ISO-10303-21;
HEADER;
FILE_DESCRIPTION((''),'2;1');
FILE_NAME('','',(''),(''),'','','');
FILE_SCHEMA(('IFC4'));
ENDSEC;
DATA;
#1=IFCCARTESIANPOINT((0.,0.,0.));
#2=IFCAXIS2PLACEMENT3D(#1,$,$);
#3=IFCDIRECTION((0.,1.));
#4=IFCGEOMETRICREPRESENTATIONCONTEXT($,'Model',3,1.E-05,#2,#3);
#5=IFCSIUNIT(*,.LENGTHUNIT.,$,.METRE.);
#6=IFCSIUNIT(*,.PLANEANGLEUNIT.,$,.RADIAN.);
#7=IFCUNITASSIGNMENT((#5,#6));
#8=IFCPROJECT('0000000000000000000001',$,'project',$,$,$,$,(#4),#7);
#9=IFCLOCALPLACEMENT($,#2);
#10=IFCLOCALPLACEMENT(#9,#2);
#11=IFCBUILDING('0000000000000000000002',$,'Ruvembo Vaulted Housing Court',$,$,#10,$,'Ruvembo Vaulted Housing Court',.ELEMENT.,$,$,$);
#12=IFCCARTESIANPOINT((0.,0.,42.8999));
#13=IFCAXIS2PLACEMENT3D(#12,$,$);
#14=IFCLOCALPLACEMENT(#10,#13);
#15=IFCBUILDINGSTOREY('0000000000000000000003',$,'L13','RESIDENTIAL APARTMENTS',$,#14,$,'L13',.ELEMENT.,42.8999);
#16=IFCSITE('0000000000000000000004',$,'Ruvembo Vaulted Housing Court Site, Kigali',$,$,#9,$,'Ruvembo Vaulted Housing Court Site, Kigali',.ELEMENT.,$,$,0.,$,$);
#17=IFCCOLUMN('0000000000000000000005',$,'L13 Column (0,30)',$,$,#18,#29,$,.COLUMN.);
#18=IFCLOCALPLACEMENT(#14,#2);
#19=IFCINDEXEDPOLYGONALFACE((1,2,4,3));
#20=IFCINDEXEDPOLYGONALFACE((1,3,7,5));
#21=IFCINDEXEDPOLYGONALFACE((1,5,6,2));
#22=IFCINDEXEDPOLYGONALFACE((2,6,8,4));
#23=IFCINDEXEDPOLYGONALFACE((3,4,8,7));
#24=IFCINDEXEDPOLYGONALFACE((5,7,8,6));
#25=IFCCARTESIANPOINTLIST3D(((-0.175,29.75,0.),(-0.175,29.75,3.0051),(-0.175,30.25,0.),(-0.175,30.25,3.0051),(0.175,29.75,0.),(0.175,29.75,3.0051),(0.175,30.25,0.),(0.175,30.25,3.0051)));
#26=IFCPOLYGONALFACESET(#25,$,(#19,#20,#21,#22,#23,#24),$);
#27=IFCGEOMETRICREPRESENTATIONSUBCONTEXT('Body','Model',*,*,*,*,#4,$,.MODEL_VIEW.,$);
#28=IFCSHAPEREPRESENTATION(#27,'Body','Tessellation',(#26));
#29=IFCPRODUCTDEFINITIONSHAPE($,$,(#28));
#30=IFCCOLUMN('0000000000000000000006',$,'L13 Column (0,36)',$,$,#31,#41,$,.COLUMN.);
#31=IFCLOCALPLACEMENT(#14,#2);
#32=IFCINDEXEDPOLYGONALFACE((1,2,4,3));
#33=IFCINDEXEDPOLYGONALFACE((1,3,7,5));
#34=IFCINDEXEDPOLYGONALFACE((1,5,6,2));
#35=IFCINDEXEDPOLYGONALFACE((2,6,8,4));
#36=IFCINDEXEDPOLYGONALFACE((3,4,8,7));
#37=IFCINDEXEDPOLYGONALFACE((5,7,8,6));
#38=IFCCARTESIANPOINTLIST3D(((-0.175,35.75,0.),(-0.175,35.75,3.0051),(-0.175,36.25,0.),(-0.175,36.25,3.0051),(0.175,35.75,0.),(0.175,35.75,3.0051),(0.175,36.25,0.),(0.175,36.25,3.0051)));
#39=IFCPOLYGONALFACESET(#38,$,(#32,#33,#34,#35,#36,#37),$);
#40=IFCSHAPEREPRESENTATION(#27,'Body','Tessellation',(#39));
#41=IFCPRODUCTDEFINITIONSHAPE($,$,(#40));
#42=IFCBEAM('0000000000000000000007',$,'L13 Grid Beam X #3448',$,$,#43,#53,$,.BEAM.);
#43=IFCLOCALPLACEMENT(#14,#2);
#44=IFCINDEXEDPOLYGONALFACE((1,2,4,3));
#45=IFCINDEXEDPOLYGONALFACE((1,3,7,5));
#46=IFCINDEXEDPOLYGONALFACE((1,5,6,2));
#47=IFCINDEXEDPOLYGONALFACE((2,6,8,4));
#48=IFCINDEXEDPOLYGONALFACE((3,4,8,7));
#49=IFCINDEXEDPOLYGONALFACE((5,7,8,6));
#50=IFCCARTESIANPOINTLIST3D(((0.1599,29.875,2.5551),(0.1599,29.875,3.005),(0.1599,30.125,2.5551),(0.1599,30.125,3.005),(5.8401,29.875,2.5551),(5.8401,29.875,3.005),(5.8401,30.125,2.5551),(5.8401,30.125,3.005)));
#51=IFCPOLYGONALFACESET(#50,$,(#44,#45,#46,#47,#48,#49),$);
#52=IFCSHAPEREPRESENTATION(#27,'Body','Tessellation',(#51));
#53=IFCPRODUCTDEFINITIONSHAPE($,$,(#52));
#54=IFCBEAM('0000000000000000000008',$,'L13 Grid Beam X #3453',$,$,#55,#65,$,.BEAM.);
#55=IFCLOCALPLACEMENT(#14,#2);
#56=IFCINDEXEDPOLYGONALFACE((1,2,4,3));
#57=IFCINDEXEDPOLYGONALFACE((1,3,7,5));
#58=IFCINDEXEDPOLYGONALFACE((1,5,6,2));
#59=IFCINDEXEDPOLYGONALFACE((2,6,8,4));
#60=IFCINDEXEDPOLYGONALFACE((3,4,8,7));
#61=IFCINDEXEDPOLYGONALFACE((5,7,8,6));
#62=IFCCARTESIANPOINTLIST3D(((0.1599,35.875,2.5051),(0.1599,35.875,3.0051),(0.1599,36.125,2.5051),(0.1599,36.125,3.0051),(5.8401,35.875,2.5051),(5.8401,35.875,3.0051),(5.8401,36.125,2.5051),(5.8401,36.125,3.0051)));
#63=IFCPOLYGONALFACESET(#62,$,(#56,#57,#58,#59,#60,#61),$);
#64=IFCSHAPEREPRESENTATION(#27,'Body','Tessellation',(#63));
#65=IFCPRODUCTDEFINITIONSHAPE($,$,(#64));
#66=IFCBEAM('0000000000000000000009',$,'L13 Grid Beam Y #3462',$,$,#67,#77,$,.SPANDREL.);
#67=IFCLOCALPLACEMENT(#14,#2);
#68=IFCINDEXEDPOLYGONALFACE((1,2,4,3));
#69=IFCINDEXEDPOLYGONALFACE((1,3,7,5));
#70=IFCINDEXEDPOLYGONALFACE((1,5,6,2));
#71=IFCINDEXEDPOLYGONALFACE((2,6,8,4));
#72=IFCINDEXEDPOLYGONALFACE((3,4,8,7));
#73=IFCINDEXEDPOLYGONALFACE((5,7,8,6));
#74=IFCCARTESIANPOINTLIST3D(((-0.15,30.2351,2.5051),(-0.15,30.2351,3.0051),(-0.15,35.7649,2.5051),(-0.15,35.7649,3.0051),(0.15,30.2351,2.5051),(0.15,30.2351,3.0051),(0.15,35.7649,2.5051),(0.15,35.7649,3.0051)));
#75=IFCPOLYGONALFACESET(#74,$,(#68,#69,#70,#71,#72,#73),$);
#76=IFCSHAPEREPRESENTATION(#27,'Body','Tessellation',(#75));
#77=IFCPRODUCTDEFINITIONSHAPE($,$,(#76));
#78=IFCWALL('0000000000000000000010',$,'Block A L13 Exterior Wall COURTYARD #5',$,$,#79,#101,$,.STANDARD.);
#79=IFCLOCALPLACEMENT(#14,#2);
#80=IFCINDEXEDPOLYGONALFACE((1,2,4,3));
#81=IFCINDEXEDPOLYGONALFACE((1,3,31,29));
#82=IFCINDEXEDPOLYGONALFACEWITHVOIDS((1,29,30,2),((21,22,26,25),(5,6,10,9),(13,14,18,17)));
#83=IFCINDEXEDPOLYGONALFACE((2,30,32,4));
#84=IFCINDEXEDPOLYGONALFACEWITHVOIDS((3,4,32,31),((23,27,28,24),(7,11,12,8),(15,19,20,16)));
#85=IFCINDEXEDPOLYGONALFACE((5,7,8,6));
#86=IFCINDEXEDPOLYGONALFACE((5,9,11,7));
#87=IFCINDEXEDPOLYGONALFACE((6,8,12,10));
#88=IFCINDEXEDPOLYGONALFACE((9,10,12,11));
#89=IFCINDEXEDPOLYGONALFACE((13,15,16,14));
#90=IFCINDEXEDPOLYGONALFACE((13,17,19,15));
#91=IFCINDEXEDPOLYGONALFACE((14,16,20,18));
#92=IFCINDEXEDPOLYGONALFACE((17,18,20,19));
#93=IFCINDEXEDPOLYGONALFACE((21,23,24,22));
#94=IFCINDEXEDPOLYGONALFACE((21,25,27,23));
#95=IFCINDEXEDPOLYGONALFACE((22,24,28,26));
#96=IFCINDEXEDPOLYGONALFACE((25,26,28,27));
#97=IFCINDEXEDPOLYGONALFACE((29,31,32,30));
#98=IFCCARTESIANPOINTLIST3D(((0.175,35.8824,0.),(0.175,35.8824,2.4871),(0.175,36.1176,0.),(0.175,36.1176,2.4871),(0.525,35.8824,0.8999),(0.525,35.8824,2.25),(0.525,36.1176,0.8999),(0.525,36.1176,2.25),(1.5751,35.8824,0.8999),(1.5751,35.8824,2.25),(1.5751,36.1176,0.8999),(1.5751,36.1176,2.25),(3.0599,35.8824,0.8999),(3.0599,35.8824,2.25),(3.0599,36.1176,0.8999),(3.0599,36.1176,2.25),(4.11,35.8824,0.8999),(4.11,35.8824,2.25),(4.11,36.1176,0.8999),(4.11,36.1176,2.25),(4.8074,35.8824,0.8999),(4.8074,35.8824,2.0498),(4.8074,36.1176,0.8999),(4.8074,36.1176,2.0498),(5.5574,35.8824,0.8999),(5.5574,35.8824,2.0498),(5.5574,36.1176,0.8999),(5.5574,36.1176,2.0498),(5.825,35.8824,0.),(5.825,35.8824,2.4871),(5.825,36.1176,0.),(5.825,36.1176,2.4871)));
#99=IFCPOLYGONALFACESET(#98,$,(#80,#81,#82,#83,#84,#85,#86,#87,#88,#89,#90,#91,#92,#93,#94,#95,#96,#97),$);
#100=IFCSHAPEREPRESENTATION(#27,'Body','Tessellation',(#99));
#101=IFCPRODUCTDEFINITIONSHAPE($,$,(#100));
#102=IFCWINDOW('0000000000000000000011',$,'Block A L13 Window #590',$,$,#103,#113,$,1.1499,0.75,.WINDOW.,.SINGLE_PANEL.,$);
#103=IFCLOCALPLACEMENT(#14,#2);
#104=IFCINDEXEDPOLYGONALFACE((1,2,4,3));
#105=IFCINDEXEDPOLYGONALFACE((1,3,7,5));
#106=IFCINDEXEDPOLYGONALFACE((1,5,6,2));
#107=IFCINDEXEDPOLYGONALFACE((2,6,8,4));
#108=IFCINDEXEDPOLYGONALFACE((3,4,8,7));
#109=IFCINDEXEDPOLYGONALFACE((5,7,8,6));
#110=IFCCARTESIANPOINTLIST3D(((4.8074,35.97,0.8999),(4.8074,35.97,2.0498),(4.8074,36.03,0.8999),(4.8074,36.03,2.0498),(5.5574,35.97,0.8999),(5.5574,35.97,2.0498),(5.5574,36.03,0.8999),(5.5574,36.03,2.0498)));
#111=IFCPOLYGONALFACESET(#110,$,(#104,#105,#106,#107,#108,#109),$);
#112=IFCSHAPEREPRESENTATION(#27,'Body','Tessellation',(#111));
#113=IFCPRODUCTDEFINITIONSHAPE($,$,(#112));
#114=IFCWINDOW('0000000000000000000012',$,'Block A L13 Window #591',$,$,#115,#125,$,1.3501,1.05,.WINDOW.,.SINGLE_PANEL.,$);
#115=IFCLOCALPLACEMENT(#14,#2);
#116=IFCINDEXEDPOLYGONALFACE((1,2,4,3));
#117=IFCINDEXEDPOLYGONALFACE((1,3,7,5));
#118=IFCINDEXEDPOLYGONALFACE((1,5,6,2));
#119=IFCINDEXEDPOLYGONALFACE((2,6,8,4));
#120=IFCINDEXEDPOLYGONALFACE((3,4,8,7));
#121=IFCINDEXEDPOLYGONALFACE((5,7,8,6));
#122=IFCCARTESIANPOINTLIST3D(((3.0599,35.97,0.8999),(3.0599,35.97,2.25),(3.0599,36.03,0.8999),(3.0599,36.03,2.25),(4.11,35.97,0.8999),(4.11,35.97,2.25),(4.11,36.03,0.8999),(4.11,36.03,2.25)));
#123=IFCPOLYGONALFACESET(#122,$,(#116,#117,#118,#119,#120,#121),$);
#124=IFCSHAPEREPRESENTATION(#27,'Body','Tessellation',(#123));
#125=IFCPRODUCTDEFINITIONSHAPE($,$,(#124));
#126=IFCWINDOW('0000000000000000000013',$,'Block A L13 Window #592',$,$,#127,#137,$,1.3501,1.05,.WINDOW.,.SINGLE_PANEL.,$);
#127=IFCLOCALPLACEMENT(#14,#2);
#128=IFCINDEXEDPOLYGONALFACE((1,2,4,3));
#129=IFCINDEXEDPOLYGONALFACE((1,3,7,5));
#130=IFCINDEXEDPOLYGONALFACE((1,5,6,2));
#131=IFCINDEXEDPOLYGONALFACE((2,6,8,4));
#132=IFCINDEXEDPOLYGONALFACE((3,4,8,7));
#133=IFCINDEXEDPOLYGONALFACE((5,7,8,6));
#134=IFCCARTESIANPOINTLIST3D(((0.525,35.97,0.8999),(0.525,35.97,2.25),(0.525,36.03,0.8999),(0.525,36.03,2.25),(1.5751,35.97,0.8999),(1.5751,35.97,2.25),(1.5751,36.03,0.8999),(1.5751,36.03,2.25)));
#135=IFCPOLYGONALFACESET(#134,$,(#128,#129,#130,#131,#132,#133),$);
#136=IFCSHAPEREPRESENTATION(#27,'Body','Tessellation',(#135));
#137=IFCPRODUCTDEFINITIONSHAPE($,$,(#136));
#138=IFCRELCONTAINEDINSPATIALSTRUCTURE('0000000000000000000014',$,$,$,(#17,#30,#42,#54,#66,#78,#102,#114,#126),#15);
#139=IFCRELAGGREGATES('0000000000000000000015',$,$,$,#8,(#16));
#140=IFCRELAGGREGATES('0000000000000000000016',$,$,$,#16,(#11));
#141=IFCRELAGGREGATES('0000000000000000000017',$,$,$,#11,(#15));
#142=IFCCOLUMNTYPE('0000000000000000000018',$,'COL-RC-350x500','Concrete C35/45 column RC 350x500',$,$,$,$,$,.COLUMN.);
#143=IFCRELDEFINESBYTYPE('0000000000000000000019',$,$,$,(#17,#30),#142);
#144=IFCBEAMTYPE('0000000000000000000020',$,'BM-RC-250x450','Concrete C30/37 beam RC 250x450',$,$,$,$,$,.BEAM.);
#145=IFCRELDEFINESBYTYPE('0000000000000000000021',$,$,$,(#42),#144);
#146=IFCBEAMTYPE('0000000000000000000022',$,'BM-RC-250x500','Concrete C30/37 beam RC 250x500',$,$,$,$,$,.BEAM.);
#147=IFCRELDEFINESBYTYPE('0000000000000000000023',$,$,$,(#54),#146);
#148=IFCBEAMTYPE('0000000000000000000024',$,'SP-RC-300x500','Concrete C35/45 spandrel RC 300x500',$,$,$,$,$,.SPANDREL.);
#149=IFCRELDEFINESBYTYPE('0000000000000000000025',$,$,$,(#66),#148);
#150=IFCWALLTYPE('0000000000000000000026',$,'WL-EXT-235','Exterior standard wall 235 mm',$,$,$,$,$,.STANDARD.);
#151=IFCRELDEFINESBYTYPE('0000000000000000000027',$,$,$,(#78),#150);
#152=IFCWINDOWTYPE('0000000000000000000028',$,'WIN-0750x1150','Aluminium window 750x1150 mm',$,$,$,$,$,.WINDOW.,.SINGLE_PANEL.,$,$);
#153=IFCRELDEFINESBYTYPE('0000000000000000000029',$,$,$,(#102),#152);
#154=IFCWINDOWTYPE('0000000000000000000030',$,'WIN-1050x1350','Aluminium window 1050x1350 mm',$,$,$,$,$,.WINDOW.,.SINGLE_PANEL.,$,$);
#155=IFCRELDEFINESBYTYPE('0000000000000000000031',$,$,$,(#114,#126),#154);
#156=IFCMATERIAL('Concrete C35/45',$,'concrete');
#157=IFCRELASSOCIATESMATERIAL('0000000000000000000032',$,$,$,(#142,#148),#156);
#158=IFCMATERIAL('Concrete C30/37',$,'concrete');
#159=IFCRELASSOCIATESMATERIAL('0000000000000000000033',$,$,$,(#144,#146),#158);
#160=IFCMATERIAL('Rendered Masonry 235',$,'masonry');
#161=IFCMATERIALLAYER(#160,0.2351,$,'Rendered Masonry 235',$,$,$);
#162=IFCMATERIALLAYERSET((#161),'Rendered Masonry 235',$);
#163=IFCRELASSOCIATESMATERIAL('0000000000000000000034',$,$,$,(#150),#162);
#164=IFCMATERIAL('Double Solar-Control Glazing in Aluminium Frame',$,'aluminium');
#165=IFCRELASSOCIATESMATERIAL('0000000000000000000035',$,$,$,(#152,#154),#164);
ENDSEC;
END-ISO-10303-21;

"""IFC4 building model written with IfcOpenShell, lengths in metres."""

from ifc_helpers import new_model, si_unit, direction, frame, frame_2d, origin, origin_2d, place, context, subcontext, project, spatial, rectangle, extrude, material, layer, layer_set, material_profile, profile_set, type_object, element, fill, save


model = new_model("IFC4")

# Units and contexts
model_context = context("Model", 3, precision=1e-05, world=origin(), true_north=direction((0.0, 1.0)))
body_context = subcontext(model_context, "Body", "Model", "MODEL_VIEW")
ifc_project = project(units=[si_unit("LENGTHUNIT", "METRE"), si_unit("PLANEANGLEUNIT", "RADIAN")], contexts=[model_context])

# Site, building, storey
site_placement = place(None, origin())
site = spatial("IfcSite", under=ifc_project, at=site_placement, Name="Ruvembo Vaulted Housing Court Site, Kigali", LongName="Ruvembo Vaulted Housing Court Site, Kigali", CompositionType="ELEMENT", RefElevation=0.0)
building_placement = place(site_placement, origin())
building = spatial("IfcBuilding", under=site, at=building_placement, Name="Ruvembo Vaulted Housing Court", LongName="Ruvembo Vaulted Housing Court", CompositionType="ELEMENT")
storey_placement = place(building_placement, frame((0.0, 0.0, 42.8999)))
storey = spatial("IfcBuildingStorey", under=building, at=storey_placement, Name="L13", Description="RESIDENTIAL APARTMENTS", LongName="L13", CompositionType="ELEMENT", Elevation=42.8999)

# Columns
ifc_material_1 = material(Name="Concrete C35/45", Category="concrete")
ifc_material_profile_1 = material_profile(ifc_material_1, rectangle(XDim=0.3501, YDim=0.5, at=origin_2d()), Name="RC 350x500")
ifc_profile_set_1 = profile_set([ifc_material_profile_1], Name="Concrete C35/45")
column_type = type_object("IfcColumnType", Name="COL-RC-350x500", Description="Concrete C35/45 column RC 350x500", PredefinedType="COLUMN", material=ifc_profile_set_1)
for number, where, z_axis, x_axis, name in (
    (1, (0.0, 30.0, 0.0), (0.0, 0.0, 1.0), (1.0, 0.0, 0.0), "L13 Column (0,30)"),
    (2, (0.0, 36.0, 0.0), (0.0, 0.0, 1.0), (1.0, 0.0, 0.0), "L13 Column (0,36)"),
):
    element("IfcColumn", number, at=place(storey_placement, frame(where, z_axis=z_axis, x_axis=x_axis)), inside=storey, type_object=column_type, Name=name, PredefinedType="COLUMN", context=body_context, shape_type="SweptSolid", body=[
        extrude(rectangle(XDim=0.3501, YDim=0.5, at=origin_2d()), origin(), (0.0, 0.0, 1.0), 3.0051),
    ])

# Beams
ifc_material_2 = material(Name="Concrete C30/37", Category="concrete")
ifc_material_profile_2 = material_profile(ifc_material_2, rectangle(XDim=0.25, YDim=0.45, at=origin_2d()), Name="RC 250x450")
ifc_profile_set_2 = profile_set([ifc_material_profile_2], Name="Concrete C30/37")
beam_type_1 = type_object("IfcBeamType", Name="BM-RC-250x450", Description="Concrete C30/37 beam RC 250x450", PredefinedType="BEAM", material=ifc_profile_set_2)
beam_1_placement = place(storey_placement, frame((0.1599, 30.0, 2.78), z_axis=(1.0, 0.0, 0.0), x_axis=(0.0, 1.0, 0.0)))
element("IfcBeam", 3, at=beam_1_placement, inside=storey, type_object=beam_type_1, Name="L13 Grid Beam X #3448", PredefinedType="BEAM", context=body_context, shape_type="SweptSolid", body=[
    extrude(rectangle(XDim=0.25, YDim=0.45, at=origin_2d()), origin(), (0.0, 0.0, 1.0), 5.6802),
])
ifc_material_profile_3 = material_profile(ifc_material_2, rectangle(XDim=0.25, YDim=0.5, at=origin_2d()), Name="RC 250x500")
ifc_profile_set_3 = profile_set([ifc_material_profile_3], Name="Concrete C30/37")
beam_type_2 = type_object("IfcBeamType", Name="BM-RC-250x500", Description="Concrete C30/37 beam RC 250x500", PredefinedType="BEAM", material=ifc_profile_set_3)
beam_2_placement = place(storey_placement, frame((0.1599, 36.0, 2.7551), z_axis=(1.0, 0.0, 0.0), x_axis=(0.0, 1.0, 0.0)))
element("IfcBeam", 4, at=beam_2_placement, inside=storey, type_object=beam_type_2, Name="L13 Grid Beam X #3453", PredefinedType="BEAM", context=body_context, shape_type="SweptSolid", body=[
    extrude(rectangle(XDim=0.25, YDim=0.5, at=origin_2d()), origin(), (0.0, 0.0, 1.0), 5.6802),
])
ifc_material_profile_4 = material_profile(ifc_material_1, rectangle(XDim=0.3, YDim=0.5, at=origin_2d()), Name="RC 300x500")
ifc_profile_set_4 = profile_set([ifc_material_profile_4], Name="Concrete C35/45")
beam_type_3 = type_object("IfcBeamType", Name="SP-RC-300x500", Description="Concrete C35/45 spandrel RC 300x500", PredefinedType="SPANDREL", material=ifc_profile_set_4)
beam_3_placement = place(storey_placement, frame((0.0, 30.2351, 2.7551), z_axis=(0.0, 1.0, 0.0), x_axis=(-1.0, 0.0, 0.0)))
element("IfcBeam", 5, at=beam_3_placement, inside=storey, type_object=beam_type_3, Name="L13 Grid Beam Y #3462", PredefinedType="SPANDREL", context=body_context, shape_type="SweptSolid", body=[
    extrude(rectangle(XDim=0.3, YDim=0.5, at=origin_2d()), origin(), (0.0, 0.0, 1.0), 5.5298),
])

# Wall, openings, windows
ifc_material_3 = material(Name="Rendered Masonry 235", Category="masonry")
ifc_layer_1 = layer(ifc_material_3, 0.2351, Name="Rendered Masonry 235")
ifc_layer_set_1 = layer_set([ifc_layer_1], Name="Rendered Masonry 235")
wall_type_1 = type_object("IfcWallType", Name="WL-EXT-235", Description="Exterior standard wall 235 mm", PredefinedType="STANDARD", material=ifc_layer_set_1)
wall_1_placement = place(storey_placement, frame((5.825, 36.0, 0.0), z_axis=(0.0, 0.0, 1.0), x_axis=(-1.0, 0.0, 0.0)))
wall_1 = element("IfcWall", 6, at=wall_1_placement, inside=storey, type_object=wall_type_1, Name="Block A L13 Exterior Wall COURTYARD #5", PredefinedType="STANDARD", context=body_context, shape_type="SweptSolid", body=[
    extrude(rectangle(XDim=5.6499, YDim=0.2351, at=frame_2d((2.825, 0.0))), origin(), (0.0, 0.0, 1.0), 2.4871),
])
opening_1_placement = place(wall_1_placement, frame((0.2676, 0.0, 0.8999)))
opening_1 = element("IfcOpeningElement", 7, at=opening_1_placement, cuts=wall_1, PredefinedType="OPENING", context=body_context, shape_type="SweptSolid", body=[
    extrude(rectangle(XDim=0.75, YDim=1.1499, at=frame_2d((0.375, 0.575))), frame((0.0, 0.1274, 0.0), z_axis=(0.0, -1.0, 0.0), x_axis=(1.0, 0.0, 0.0)), (0.0, 0.0, 1.0), 0.2551),
])
opening_2_placement = place(wall_1_placement, frame((1.7151, 0.0, 0.8999)))
opening_2 = element("IfcOpeningElement", 8, at=opening_2_placement, cuts=wall_1, PredefinedType="OPENING", context=body_context, shape_type="SweptSolid", body=[
    extrude(rectangle(XDim=1.05, YDim=1.3501, at=frame_2d((0.5249, 0.675))), frame((0.0, 0.1274, 0.0), z_axis=(0.0, -1.0, 0.0), x_axis=(1.0, 0.0, 0.0)), (0.0, 0.0, 1.0), 0.2551),
])
opening_3_placement = place(wall_1_placement, frame((4.25, 0.0, 0.8999)))
opening_3 = element("IfcOpeningElement", 9, at=opening_3_placement, cuts=wall_1, PredefinedType="OPENING", context=body_context, shape_type="SweptSolid", body=[
    extrude(rectangle(XDim=1.05, YDim=1.3501, at=frame_2d((0.5249, 0.675))), frame((0.0, 0.1274, 0.0), z_axis=(0.0, -1.0, 0.0), x_axis=(1.0, 0.0, 0.0)), (0.0, 0.0, 1.0), 0.2551),
])
ifc_material_4 = material(Name="Double Solar-Control Glazing in Aluminium Frame", Category="aluminium")
window_type_1 = type_object("IfcWindowType", Name="WIN-0750x1150", Description="Aluminium window 750x1150 mm", PartitioningType="SINGLE_PANEL", PredefinedType="WINDOW", material=ifc_material_4)
window_1_placement = place(opening_1_placement, origin())
window_1 = element("IfcWindow", 10, at=window_1_placement, inside=storey, type_object=window_type_1, Name="Block A L13 Window #590", OverallHeight=1.1499, OverallWidth=0.75, PartitioningType="SINGLE_PANEL", PredefinedType="WINDOW", context=body_context, shape_type="SweptSolid", body=[
    extrude(rectangle(XDim=0.75, YDim=1.1499, at=frame_2d((0.375, 0.575))), frame((0.0, 0.03, 0.0), z_axis=(0.0, -1.0, 0.0), x_axis=(1.0, 0.0, 0.0)), (0.0, 0.0, 1.0), 0.0601),
])
fill(opening_1, window_1)
window_type_2 = type_object("IfcWindowType", Name="WIN-1050x1350", Description="Aluminium window 1050x1350 mm", PartitioningType="SINGLE_PANEL", PredefinedType="WINDOW", material=ifc_material_4)
window_2_placement = place(opening_2_placement, origin())
window_2 = element("IfcWindow", 11, at=window_2_placement, inside=storey, type_object=window_type_2, Name="Block A L13 Window #591", OverallHeight=1.3501, OverallWidth=1.05, PartitioningType="SINGLE_PANEL", PredefinedType="WINDOW", context=body_context, shape_type="SweptSolid", body=[
    extrude(rectangle(XDim=1.05, YDim=1.3501, at=frame_2d((0.5249, 0.675))), frame((0.0, 0.03, 0.0), z_axis=(0.0, -1.0, 0.0), x_axis=(1.0, 0.0, 0.0)), (0.0, 0.0, 1.0), 0.0601),
])
fill(opening_2, window_2)
window_3_placement = place(opening_3_placement, origin())
window_3 = element("IfcWindow", 12, at=window_3_placement, inside=storey, type_object=window_type_2, Name="Block A L13 Window #592", OverallHeight=1.3501, OverallWidth=1.05, PartitioningType="SINGLE_PANEL", PredefinedType="WINDOW", context=body_context, shape_type="SweptSolid", body=[
    extrude(rectangle(XDim=1.05, YDim=1.3501, at=frame_2d((0.5249, 0.675))), frame((0.0, 0.03, 0.0), z_axis=(0.0, -1.0, 0.0), x_axis=(1.0, 0.0, 0.0)), (0.0, 0.0, 1.0), 0.0601),
])
fill(opening_3, window_3)

save(model, "model.ifc")
